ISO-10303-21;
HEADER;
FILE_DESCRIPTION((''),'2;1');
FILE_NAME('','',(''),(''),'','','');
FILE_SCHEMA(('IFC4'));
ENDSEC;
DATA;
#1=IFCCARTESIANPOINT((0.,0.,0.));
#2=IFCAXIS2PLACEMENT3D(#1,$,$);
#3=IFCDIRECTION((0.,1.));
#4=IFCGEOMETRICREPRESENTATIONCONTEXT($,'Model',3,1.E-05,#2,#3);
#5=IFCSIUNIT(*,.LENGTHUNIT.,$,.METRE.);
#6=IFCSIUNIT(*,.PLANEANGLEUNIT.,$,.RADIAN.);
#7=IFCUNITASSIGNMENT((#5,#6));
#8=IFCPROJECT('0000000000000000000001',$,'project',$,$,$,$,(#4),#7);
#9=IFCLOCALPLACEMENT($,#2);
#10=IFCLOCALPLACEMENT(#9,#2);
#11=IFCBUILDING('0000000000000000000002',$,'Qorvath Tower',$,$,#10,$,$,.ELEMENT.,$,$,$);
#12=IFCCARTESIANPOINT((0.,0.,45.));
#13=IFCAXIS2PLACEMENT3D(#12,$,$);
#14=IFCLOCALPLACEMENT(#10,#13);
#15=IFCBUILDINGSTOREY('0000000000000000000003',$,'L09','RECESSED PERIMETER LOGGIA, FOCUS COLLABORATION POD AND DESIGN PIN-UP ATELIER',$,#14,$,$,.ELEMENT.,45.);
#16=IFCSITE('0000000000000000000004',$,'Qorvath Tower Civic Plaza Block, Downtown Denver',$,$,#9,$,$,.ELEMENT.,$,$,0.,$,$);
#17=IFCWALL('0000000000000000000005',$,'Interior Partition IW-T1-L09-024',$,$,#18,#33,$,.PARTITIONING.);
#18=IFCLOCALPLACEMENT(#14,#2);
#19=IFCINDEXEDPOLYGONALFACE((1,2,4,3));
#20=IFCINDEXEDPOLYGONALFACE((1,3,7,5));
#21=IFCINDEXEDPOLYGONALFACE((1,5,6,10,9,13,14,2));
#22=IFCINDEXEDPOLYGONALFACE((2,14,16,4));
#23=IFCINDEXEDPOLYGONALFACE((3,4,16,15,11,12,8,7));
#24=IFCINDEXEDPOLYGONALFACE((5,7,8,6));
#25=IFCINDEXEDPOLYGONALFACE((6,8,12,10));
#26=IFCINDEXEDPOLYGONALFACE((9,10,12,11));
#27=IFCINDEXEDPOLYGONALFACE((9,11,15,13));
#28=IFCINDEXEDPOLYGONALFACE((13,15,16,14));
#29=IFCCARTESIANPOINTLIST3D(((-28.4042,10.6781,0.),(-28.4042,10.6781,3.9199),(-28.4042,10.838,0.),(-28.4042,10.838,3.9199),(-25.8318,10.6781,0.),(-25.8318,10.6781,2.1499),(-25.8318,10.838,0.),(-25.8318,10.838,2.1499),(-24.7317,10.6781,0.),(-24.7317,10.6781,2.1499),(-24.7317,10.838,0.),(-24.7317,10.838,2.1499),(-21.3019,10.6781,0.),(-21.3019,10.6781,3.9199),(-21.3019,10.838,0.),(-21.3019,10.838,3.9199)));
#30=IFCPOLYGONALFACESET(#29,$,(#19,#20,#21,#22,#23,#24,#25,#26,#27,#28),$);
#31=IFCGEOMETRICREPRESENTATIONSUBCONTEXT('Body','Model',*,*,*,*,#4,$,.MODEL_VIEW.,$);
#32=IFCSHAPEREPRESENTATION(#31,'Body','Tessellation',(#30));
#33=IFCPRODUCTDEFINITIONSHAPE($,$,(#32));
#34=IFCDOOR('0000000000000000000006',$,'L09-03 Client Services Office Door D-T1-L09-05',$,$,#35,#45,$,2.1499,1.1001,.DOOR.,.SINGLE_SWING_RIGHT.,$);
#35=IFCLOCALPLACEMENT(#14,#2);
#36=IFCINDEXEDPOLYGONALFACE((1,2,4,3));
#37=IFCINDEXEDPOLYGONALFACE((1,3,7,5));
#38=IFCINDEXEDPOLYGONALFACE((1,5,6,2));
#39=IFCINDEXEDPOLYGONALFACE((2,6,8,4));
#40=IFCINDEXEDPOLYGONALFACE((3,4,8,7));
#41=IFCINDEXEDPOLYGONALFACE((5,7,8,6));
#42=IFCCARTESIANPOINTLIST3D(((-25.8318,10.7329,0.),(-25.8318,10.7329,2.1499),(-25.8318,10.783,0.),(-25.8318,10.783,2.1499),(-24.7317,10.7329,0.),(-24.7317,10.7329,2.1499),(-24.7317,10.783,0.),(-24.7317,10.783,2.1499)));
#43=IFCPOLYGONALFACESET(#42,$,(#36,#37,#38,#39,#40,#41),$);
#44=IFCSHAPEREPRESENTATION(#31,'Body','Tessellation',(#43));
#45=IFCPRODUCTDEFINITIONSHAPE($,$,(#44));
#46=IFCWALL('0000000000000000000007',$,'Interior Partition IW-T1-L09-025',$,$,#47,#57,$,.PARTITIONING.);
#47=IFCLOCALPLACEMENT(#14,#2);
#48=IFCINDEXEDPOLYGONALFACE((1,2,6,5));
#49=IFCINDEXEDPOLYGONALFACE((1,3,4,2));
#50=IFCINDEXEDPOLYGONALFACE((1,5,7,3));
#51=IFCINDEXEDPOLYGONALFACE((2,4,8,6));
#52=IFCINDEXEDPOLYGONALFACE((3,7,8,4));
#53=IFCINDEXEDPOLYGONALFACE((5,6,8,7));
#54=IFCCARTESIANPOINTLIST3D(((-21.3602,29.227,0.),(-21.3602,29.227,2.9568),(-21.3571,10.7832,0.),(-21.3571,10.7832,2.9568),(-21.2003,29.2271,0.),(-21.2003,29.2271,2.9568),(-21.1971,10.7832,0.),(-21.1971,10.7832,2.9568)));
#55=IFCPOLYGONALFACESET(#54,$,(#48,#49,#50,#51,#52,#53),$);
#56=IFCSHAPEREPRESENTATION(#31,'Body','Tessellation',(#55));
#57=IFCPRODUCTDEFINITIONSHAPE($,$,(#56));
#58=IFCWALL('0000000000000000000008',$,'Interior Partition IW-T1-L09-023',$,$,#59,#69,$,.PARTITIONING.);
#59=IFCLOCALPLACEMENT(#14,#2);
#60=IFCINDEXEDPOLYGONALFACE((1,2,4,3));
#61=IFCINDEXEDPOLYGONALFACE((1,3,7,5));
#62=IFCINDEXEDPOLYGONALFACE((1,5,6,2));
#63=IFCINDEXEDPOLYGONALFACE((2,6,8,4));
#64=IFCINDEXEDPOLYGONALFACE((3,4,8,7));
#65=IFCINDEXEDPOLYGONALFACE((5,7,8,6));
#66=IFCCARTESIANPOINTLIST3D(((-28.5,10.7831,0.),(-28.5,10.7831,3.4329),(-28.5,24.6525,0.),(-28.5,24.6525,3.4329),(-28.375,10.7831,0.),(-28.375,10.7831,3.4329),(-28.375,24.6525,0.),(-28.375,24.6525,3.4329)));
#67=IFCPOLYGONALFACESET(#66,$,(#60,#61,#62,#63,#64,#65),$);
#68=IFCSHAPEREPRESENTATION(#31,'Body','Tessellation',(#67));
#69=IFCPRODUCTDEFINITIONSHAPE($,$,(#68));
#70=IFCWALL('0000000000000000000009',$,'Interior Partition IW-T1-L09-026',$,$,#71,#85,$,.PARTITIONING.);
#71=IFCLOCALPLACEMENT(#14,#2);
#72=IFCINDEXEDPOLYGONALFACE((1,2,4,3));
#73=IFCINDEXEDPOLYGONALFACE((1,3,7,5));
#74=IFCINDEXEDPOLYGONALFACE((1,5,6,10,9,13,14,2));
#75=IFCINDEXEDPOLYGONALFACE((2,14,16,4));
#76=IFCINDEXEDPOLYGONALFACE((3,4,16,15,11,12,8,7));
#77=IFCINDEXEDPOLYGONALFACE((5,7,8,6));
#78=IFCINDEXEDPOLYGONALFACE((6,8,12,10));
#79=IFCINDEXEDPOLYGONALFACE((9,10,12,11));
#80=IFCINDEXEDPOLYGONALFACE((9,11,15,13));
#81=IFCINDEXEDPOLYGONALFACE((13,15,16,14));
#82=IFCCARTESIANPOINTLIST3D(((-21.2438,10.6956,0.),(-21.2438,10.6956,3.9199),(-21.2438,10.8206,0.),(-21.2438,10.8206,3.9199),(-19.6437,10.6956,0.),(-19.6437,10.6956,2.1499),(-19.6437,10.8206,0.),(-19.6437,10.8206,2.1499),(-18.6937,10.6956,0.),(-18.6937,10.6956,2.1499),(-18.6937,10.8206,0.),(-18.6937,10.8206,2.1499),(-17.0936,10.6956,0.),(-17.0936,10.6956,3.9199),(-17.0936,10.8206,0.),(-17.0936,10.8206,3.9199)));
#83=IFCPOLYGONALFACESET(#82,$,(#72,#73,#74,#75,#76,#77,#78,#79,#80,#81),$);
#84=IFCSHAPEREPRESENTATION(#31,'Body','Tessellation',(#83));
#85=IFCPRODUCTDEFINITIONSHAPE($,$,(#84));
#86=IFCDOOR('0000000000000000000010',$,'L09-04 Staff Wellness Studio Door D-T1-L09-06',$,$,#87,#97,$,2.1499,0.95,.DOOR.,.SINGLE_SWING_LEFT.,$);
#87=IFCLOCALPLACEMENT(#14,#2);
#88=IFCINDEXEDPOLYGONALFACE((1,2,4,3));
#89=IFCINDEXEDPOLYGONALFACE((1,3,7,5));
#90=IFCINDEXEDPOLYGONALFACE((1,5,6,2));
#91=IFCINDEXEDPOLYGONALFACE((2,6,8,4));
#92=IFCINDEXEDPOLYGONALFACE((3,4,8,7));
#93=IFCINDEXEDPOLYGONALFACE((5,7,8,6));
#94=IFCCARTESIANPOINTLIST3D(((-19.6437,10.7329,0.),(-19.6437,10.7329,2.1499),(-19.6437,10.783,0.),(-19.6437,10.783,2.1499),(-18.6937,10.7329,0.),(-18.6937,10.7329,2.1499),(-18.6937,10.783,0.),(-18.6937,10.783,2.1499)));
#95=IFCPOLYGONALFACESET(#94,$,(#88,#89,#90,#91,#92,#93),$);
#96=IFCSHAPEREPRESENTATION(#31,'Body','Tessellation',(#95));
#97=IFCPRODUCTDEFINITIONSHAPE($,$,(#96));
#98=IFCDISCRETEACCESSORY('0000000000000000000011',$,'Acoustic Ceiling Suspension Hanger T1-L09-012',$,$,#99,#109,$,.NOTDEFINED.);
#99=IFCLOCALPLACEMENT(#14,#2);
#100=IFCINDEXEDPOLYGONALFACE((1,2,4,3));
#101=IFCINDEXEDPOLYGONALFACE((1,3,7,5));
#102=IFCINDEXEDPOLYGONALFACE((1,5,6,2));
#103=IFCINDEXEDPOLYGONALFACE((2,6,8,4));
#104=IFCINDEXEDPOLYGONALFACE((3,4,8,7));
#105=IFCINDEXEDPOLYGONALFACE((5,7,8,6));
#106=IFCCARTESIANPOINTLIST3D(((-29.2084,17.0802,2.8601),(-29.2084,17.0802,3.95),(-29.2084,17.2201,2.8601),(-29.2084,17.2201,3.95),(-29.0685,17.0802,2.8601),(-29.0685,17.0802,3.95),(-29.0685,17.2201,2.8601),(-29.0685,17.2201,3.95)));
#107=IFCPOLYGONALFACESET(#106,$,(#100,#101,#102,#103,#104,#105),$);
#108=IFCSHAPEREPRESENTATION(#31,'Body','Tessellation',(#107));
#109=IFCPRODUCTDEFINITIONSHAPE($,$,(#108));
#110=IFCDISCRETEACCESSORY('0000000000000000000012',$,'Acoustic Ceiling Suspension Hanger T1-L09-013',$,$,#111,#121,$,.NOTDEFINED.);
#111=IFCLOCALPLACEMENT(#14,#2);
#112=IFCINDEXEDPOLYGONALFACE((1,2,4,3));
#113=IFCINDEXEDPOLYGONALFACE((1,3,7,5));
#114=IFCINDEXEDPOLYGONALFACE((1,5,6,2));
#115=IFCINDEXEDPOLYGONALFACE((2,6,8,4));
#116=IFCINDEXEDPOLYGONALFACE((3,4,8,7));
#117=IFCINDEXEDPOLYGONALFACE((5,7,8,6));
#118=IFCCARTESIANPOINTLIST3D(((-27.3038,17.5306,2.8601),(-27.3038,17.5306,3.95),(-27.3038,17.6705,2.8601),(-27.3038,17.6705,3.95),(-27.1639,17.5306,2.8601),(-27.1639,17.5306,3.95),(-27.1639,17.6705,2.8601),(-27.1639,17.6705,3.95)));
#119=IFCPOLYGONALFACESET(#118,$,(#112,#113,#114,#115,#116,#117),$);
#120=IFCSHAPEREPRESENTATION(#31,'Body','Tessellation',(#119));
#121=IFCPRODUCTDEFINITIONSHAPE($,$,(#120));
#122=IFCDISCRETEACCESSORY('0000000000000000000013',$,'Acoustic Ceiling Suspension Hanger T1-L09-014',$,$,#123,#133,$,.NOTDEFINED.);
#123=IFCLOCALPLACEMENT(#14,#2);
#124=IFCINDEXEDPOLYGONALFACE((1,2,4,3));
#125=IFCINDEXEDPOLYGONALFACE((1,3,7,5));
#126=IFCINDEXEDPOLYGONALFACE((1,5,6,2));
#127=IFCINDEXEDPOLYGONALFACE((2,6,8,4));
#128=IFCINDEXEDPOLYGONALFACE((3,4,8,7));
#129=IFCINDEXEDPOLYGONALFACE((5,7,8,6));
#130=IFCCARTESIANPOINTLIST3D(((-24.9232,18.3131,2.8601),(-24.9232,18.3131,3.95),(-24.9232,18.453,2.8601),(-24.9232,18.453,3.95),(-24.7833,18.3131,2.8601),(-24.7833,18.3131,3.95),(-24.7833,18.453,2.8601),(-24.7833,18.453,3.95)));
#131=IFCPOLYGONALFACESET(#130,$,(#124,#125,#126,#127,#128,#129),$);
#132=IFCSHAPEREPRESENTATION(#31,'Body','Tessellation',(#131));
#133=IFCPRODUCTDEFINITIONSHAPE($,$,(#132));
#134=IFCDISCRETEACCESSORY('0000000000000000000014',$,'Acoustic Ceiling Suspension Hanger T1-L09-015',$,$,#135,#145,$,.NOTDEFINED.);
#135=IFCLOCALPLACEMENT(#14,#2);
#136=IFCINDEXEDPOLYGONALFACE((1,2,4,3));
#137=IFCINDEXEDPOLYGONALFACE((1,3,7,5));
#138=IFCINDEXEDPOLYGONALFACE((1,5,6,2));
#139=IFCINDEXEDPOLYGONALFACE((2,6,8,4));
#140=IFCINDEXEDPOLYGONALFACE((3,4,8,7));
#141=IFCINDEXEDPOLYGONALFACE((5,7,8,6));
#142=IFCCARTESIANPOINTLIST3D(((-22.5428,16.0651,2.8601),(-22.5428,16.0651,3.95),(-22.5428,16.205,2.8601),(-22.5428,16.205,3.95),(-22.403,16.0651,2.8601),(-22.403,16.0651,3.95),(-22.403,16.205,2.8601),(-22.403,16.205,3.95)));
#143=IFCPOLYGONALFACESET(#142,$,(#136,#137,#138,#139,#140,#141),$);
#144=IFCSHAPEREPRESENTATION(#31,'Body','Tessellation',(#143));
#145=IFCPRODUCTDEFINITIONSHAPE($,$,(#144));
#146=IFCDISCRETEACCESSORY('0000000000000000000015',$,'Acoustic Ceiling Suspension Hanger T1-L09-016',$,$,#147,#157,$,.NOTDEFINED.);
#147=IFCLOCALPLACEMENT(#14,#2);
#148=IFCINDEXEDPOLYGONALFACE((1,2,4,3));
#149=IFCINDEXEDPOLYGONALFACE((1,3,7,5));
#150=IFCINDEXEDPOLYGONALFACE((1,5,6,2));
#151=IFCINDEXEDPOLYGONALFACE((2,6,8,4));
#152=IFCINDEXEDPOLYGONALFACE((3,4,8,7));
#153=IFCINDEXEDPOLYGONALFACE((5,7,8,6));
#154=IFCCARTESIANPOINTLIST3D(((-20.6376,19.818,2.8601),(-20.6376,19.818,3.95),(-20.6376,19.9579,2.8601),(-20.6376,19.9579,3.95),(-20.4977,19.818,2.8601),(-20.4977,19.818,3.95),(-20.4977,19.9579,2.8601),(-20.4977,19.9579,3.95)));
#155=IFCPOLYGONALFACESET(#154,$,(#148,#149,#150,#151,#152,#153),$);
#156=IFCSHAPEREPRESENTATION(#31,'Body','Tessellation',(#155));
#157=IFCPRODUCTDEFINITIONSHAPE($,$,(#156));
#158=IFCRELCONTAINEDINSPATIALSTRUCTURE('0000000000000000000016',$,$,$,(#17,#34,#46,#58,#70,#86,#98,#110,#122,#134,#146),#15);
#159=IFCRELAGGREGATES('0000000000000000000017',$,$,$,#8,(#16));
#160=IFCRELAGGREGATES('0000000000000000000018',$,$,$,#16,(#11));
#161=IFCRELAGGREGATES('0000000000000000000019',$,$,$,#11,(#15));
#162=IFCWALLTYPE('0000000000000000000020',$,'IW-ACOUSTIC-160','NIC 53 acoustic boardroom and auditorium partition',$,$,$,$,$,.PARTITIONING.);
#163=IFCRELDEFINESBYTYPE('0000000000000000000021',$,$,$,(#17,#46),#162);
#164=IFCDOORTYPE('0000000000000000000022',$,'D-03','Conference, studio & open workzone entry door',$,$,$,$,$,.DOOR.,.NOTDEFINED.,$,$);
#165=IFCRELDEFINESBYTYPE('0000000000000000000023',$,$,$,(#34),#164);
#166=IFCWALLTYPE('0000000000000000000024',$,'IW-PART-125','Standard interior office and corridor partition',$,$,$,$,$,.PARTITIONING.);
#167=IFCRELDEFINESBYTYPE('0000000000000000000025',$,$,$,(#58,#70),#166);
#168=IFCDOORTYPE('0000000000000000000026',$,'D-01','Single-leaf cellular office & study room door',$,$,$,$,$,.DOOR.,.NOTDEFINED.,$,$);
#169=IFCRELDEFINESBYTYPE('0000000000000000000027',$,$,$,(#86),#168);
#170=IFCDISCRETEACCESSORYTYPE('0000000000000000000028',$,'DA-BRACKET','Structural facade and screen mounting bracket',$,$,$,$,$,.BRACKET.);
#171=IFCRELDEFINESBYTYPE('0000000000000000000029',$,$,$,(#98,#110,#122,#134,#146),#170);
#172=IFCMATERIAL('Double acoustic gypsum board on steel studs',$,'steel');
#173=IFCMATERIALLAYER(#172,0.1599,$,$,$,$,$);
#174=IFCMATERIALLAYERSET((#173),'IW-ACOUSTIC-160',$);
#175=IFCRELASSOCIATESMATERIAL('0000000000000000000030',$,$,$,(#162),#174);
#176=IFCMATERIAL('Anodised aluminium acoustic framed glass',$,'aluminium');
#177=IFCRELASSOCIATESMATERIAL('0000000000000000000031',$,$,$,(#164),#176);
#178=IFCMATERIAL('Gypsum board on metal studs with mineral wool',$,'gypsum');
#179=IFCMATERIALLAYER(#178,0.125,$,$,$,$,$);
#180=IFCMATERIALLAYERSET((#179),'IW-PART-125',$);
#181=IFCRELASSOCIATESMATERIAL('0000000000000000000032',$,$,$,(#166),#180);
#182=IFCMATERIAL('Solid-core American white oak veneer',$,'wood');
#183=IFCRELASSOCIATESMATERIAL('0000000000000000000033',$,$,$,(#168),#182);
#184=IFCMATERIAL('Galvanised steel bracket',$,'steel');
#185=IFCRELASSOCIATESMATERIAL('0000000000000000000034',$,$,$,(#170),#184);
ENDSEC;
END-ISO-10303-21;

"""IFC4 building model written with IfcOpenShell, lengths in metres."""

from ifc_helpers import new_model, si_unit, direction, frame, frame_2d, origin, origin_2d, place, context, subcontext, project, spatial, rectangle, extrude, material, layer, layer_set, type_object, element, fill, save


model = new_model("IFC4")

# Units and contexts
model_context = context("Model", 3, precision=1e-05, world=origin(), true_north=direction((0.0, 1.0)))
body_context = subcontext(model_context, "Body", "Model", "MODEL_VIEW")
ifc_project = project(units=[si_unit("LENGTHUNIT", "METRE"), si_unit("PLANEANGLEUNIT", "RADIAN")], contexts=[model_context])

# Site, building, storey
site_placement = place(None, origin())
site = spatial("IfcSite", under=ifc_project, at=site_placement, Name="Qorvath Tower Civic Plaza Block, Downtown Denver", CompositionType="ELEMENT", RefElevation=0.0)
building_placement = place(site_placement, origin())
building = spatial("IfcBuilding", under=site, at=building_placement, Name="Qorvath Tower", CompositionType="ELEMENT")
storey_placement = place(building_placement, frame((0.0, 0.0, 45.0)))
storey = spatial("IfcBuildingStorey", under=building, at=storey_placement, Name="L09", Description="RECESSED PERIMETER LOGGIA, FOCUS COLLABORATION POD AND DESIGN PIN-UP ATELIER", CompositionType="ELEMENT", Elevation=45.0)

# Wall, opening, door
ifc_material_1 = material(Name="Double acoustic gypsum board on steel studs", Category="steel")
ifc_layer_1 = layer(ifc_material_1, 0.1599)
ifc_layer_set_1 = layer_set([ifc_layer_1], Name="IW-ACOUSTIC-160")
wall_type_1 = type_object("IfcWallType", Name="IW-ACOUSTIC-160", Description="NIC 53 acoustic boardroom and auditorium partition", PredefinedType="PARTITIONING", material=ifc_layer_set_1)
wall_1_placement = place(storey_placement, frame((-28.4043, 10.7581, 0.0), z_axis=(0.0, 0.0, 1.0), x_axis=(1.0, 0.0, 0.0)))
wall_1 = element("IfcWall", 1, at=wall_1_placement, inside=storey, type_object=wall_type_1, Name="Interior Partition IW-T1-L09-024", PredefinedType="PARTITIONING", context=body_context, shape_type="SweptSolid", body=[
    extrude(rectangle(XDim=7.1023, YDim=0.1599, at=frame_2d((3.5513, 0.0))), origin(), (0.0, 0.0, 1.0), 3.9199),
])
opening_1_placement = place(wall_1_placement, frame((2.5725, 0.0, 0.0)))
opening_1 = element("IfcOpeningElement", 2, at=opening_1_placement, cuts=wall_1, PredefinedType="OPENING", context=body_context, shape_type="SweptSolid", body=[
    extrude(rectangle(XDim=1.1001, YDim=2.1499, at=frame_2d((0.55, 1.075))), frame((0.0, 0.0898, 0.0), z_axis=(0.0, -1.0, 0.0), x_axis=(1.0, 0.0, 0.0)), (0.0, 0.0, 1.0), 0.1799),
])
ifc_material_2 = material(Name="Anodised aluminium acoustic framed glass", Category="aluminium")
door_type_1 = type_object("IfcDoorType", Name="D-03", Description="Conference, studio & open workzone entry door", OperationType="NOTDEFINED", PredefinedType="DOOR", material=ifc_material_2)
door_1_placement = place(opening_1_placement, origin())
door_1 = element("IfcDoor", 3, at=door_1_placement, inside=storey, type_object=door_type_1, Name="L09-03 Client Services Office Door D-T1-L09-05", OperationType="SINGLE_SWING_RIGHT", OverallHeight=2.1499, OverallWidth=1.1001, PredefinedType="DOOR", context=body_context, shape_type="SweptSolid", body=[
    extrude(rectangle(XDim=1.1001, YDim=2.1499, at=frame_2d((0.55, 1.075))), frame((0.0, 0.0249, 0.0), z_axis=(0.0, -1.0, 0.0), x_axis=(1.0, 0.0, 0.0)), (0.0, 0.0, 1.0), 0.05),
])
fill(opening_1, door_1)

# Walls
wall_2_placement = place(storey_placement, frame((-21.2771, 10.7832, 0.0), z_axis=(0.0, 0.0, 1.0), x_axis=(-0.000172, 1.0, 0.0)))
element("IfcWall", 4, at=wall_2_placement, inside=storey, type_object=wall_type_1, Name="Interior Partition IW-T1-L09-025", PredefinedType="PARTITIONING", context=body_context, shape_type="SweptSolid", body=[
    extrude(rectangle(XDim=18.4438, YDim=0.1599, at=frame_2d((9.2219, 0.0))), origin(), (0.0, 0.0, 1.0), 2.9568),
])
ifc_material_3 = material(Name="Gypsum board on metal studs with mineral wool", Category="gypsum")
ifc_layer_2 = layer(ifc_material_3, 0.125)
ifc_layer_set_2 = layer_set([ifc_layer_2], Name="IW-PART-125")
wall_type_2 = type_object("IfcWallType", Name="IW-PART-125", Description="Standard interior office and corridor partition", PredefinedType="PARTITIONING", material=ifc_layer_set_2)
wall_3_placement = place(storey_placement, frame((-28.4375, 10.7832, 0.0), z_axis=(0.0, 0.0, 1.0), x_axis=(0.0, 1.0, 0.0)))
element("IfcWall", 5, at=wall_3_placement, inside=storey, type_object=wall_type_2, Name="Interior Partition IW-T1-L09-023", PredefinedType="PARTITIONING", context=body_context, shape_type="SweptSolid", body=[
    extrude(rectangle(XDim=13.8694, YDim=0.125, at=frame_2d((6.9346, 0.0))), origin(), (0.0, 0.0, 1.0), 3.4329),
])

# Wall, opening, door
wall_4_placement = place(storey_placement, frame((-21.2439, 10.7581, 0.0), z_axis=(0.0, 0.0, 1.0), x_axis=(1.0, 0.0, 0.0)))
wall_4 = element("IfcWall", 6, at=wall_4_placement, inside=storey, type_object=wall_type_2, Name="Interior Partition IW-T1-L09-026", PredefinedType="PARTITIONING", context=body_context, shape_type="SweptSolid", body=[
    extrude(rectangle(XDim=4.1501, YDim=0.125, at=frame_2d((2.0752, 0.0))), origin(), (0.0, 0.0, 1.0), 3.9199),
])
opening_2_placement = place(wall_4_placement, frame((1.6001, 0.0, 0.0)))
opening_2 = element("IfcOpeningElement", 7, at=opening_2_placement, cuts=wall_4, PredefinedType="OPENING", context=body_context, shape_type="SweptSolid", body=[
    extrude(rectangle(XDim=0.95, YDim=2.1499, at=frame_2d((0.4751, 1.075))), frame((0.0, 0.0725, 0.0), z_axis=(0.0, -1.0, 0.0), x_axis=(1.0, 0.0, 0.0)), (0.0, 0.0, 1.0), 0.145),
])
ifc_material_4 = material(Name="Solid-core American white oak veneer", Category="wood")
door_type_2 = type_object("IfcDoorType", Name="D-01", Description="Single-leaf cellular office & study room door", OperationType="NOTDEFINED", PredefinedType="DOOR", material=ifc_material_4)
door_2_placement = place(opening_2_placement, origin())
door_2 = element("IfcDoor", 8, at=door_2_placement, inside=storey, type_object=door_type_2, Name="L09-04 Staff Wellness Studio Door D-T1-L09-06", OperationType="SINGLE_SWING_LEFT", OverallHeight=2.1499, OverallWidth=0.95, PredefinedType="DOOR", context=body_context, shape_type="SweptSolid", body=[
    extrude(rectangle(XDim=0.95, YDim=2.1499, at=frame_2d((0.4751, 1.075))), frame((0.0, 0.0249, 0.0), z_axis=(0.0, -1.0, 0.0), x_axis=(1.0, 0.0, 0.0)), (0.0, 0.0, 1.0), 0.05),
])
fill(opening_2, door_2)

# Discrete accessories
ifc_material_5 = material(Name="Galvanised steel bracket", Category="steel")
discrete_accessory_type = type_object("IfcDiscreteAccessoryType", Name="DA-BRACKET", Description="Structural facade and screen mounting bracket", PredefinedType="BRACKET", material=ifc_material_5)
for number, where, z_axis, x_axis, name in (
    (9, (-29.1384, 17.1501, 2.8601), (0.0, 0.0, 1.0), (1.0, 0.0, 0.0), "Acoustic Ceiling Suspension Hanger T1-L09-012"),
    (10, (-27.2339, 17.6006, 2.8601), (0.0, 0.0, 1.0), (1.0, 0.0, 0.0), "Acoustic Ceiling Suspension Hanger T1-L09-013"),
    (11, (-24.8533, 18.3831, 2.8601), (0.0, 0.0, 1.0), (1.0, 0.0, 0.0), "Acoustic Ceiling Suspension Hanger T1-L09-014"),
    (12, (-22.4729, 16.135, 2.8601), (0.0, 0.0, 1.0), (1.0, 0.0, 0.0), "Acoustic Ceiling Suspension Hanger T1-L09-015"),
    (13, (-20.5676, 19.8879, 2.8601), (0.0, 0.0, 1.0), (1.0, 0.0, 0.0), "Acoustic Ceiling Suspension Hanger T1-L09-016"),
):
    element("IfcDiscreteAccessory", number, at=place(storey_placement, frame(where, z_axis=z_axis, x_axis=x_axis)), inside=storey, type_object=discrete_accessory_type, Name=name, PredefinedType="NOTDEFINED", context=body_context, shape_type="SweptSolid", body=[
        extrude(rectangle(XDim=0.1399, YDim=0.1399, at=origin_2d()), origin(), (0.0, 0.0, 1.0), 1.0898),
    ])

save(model, "model.ifc")
